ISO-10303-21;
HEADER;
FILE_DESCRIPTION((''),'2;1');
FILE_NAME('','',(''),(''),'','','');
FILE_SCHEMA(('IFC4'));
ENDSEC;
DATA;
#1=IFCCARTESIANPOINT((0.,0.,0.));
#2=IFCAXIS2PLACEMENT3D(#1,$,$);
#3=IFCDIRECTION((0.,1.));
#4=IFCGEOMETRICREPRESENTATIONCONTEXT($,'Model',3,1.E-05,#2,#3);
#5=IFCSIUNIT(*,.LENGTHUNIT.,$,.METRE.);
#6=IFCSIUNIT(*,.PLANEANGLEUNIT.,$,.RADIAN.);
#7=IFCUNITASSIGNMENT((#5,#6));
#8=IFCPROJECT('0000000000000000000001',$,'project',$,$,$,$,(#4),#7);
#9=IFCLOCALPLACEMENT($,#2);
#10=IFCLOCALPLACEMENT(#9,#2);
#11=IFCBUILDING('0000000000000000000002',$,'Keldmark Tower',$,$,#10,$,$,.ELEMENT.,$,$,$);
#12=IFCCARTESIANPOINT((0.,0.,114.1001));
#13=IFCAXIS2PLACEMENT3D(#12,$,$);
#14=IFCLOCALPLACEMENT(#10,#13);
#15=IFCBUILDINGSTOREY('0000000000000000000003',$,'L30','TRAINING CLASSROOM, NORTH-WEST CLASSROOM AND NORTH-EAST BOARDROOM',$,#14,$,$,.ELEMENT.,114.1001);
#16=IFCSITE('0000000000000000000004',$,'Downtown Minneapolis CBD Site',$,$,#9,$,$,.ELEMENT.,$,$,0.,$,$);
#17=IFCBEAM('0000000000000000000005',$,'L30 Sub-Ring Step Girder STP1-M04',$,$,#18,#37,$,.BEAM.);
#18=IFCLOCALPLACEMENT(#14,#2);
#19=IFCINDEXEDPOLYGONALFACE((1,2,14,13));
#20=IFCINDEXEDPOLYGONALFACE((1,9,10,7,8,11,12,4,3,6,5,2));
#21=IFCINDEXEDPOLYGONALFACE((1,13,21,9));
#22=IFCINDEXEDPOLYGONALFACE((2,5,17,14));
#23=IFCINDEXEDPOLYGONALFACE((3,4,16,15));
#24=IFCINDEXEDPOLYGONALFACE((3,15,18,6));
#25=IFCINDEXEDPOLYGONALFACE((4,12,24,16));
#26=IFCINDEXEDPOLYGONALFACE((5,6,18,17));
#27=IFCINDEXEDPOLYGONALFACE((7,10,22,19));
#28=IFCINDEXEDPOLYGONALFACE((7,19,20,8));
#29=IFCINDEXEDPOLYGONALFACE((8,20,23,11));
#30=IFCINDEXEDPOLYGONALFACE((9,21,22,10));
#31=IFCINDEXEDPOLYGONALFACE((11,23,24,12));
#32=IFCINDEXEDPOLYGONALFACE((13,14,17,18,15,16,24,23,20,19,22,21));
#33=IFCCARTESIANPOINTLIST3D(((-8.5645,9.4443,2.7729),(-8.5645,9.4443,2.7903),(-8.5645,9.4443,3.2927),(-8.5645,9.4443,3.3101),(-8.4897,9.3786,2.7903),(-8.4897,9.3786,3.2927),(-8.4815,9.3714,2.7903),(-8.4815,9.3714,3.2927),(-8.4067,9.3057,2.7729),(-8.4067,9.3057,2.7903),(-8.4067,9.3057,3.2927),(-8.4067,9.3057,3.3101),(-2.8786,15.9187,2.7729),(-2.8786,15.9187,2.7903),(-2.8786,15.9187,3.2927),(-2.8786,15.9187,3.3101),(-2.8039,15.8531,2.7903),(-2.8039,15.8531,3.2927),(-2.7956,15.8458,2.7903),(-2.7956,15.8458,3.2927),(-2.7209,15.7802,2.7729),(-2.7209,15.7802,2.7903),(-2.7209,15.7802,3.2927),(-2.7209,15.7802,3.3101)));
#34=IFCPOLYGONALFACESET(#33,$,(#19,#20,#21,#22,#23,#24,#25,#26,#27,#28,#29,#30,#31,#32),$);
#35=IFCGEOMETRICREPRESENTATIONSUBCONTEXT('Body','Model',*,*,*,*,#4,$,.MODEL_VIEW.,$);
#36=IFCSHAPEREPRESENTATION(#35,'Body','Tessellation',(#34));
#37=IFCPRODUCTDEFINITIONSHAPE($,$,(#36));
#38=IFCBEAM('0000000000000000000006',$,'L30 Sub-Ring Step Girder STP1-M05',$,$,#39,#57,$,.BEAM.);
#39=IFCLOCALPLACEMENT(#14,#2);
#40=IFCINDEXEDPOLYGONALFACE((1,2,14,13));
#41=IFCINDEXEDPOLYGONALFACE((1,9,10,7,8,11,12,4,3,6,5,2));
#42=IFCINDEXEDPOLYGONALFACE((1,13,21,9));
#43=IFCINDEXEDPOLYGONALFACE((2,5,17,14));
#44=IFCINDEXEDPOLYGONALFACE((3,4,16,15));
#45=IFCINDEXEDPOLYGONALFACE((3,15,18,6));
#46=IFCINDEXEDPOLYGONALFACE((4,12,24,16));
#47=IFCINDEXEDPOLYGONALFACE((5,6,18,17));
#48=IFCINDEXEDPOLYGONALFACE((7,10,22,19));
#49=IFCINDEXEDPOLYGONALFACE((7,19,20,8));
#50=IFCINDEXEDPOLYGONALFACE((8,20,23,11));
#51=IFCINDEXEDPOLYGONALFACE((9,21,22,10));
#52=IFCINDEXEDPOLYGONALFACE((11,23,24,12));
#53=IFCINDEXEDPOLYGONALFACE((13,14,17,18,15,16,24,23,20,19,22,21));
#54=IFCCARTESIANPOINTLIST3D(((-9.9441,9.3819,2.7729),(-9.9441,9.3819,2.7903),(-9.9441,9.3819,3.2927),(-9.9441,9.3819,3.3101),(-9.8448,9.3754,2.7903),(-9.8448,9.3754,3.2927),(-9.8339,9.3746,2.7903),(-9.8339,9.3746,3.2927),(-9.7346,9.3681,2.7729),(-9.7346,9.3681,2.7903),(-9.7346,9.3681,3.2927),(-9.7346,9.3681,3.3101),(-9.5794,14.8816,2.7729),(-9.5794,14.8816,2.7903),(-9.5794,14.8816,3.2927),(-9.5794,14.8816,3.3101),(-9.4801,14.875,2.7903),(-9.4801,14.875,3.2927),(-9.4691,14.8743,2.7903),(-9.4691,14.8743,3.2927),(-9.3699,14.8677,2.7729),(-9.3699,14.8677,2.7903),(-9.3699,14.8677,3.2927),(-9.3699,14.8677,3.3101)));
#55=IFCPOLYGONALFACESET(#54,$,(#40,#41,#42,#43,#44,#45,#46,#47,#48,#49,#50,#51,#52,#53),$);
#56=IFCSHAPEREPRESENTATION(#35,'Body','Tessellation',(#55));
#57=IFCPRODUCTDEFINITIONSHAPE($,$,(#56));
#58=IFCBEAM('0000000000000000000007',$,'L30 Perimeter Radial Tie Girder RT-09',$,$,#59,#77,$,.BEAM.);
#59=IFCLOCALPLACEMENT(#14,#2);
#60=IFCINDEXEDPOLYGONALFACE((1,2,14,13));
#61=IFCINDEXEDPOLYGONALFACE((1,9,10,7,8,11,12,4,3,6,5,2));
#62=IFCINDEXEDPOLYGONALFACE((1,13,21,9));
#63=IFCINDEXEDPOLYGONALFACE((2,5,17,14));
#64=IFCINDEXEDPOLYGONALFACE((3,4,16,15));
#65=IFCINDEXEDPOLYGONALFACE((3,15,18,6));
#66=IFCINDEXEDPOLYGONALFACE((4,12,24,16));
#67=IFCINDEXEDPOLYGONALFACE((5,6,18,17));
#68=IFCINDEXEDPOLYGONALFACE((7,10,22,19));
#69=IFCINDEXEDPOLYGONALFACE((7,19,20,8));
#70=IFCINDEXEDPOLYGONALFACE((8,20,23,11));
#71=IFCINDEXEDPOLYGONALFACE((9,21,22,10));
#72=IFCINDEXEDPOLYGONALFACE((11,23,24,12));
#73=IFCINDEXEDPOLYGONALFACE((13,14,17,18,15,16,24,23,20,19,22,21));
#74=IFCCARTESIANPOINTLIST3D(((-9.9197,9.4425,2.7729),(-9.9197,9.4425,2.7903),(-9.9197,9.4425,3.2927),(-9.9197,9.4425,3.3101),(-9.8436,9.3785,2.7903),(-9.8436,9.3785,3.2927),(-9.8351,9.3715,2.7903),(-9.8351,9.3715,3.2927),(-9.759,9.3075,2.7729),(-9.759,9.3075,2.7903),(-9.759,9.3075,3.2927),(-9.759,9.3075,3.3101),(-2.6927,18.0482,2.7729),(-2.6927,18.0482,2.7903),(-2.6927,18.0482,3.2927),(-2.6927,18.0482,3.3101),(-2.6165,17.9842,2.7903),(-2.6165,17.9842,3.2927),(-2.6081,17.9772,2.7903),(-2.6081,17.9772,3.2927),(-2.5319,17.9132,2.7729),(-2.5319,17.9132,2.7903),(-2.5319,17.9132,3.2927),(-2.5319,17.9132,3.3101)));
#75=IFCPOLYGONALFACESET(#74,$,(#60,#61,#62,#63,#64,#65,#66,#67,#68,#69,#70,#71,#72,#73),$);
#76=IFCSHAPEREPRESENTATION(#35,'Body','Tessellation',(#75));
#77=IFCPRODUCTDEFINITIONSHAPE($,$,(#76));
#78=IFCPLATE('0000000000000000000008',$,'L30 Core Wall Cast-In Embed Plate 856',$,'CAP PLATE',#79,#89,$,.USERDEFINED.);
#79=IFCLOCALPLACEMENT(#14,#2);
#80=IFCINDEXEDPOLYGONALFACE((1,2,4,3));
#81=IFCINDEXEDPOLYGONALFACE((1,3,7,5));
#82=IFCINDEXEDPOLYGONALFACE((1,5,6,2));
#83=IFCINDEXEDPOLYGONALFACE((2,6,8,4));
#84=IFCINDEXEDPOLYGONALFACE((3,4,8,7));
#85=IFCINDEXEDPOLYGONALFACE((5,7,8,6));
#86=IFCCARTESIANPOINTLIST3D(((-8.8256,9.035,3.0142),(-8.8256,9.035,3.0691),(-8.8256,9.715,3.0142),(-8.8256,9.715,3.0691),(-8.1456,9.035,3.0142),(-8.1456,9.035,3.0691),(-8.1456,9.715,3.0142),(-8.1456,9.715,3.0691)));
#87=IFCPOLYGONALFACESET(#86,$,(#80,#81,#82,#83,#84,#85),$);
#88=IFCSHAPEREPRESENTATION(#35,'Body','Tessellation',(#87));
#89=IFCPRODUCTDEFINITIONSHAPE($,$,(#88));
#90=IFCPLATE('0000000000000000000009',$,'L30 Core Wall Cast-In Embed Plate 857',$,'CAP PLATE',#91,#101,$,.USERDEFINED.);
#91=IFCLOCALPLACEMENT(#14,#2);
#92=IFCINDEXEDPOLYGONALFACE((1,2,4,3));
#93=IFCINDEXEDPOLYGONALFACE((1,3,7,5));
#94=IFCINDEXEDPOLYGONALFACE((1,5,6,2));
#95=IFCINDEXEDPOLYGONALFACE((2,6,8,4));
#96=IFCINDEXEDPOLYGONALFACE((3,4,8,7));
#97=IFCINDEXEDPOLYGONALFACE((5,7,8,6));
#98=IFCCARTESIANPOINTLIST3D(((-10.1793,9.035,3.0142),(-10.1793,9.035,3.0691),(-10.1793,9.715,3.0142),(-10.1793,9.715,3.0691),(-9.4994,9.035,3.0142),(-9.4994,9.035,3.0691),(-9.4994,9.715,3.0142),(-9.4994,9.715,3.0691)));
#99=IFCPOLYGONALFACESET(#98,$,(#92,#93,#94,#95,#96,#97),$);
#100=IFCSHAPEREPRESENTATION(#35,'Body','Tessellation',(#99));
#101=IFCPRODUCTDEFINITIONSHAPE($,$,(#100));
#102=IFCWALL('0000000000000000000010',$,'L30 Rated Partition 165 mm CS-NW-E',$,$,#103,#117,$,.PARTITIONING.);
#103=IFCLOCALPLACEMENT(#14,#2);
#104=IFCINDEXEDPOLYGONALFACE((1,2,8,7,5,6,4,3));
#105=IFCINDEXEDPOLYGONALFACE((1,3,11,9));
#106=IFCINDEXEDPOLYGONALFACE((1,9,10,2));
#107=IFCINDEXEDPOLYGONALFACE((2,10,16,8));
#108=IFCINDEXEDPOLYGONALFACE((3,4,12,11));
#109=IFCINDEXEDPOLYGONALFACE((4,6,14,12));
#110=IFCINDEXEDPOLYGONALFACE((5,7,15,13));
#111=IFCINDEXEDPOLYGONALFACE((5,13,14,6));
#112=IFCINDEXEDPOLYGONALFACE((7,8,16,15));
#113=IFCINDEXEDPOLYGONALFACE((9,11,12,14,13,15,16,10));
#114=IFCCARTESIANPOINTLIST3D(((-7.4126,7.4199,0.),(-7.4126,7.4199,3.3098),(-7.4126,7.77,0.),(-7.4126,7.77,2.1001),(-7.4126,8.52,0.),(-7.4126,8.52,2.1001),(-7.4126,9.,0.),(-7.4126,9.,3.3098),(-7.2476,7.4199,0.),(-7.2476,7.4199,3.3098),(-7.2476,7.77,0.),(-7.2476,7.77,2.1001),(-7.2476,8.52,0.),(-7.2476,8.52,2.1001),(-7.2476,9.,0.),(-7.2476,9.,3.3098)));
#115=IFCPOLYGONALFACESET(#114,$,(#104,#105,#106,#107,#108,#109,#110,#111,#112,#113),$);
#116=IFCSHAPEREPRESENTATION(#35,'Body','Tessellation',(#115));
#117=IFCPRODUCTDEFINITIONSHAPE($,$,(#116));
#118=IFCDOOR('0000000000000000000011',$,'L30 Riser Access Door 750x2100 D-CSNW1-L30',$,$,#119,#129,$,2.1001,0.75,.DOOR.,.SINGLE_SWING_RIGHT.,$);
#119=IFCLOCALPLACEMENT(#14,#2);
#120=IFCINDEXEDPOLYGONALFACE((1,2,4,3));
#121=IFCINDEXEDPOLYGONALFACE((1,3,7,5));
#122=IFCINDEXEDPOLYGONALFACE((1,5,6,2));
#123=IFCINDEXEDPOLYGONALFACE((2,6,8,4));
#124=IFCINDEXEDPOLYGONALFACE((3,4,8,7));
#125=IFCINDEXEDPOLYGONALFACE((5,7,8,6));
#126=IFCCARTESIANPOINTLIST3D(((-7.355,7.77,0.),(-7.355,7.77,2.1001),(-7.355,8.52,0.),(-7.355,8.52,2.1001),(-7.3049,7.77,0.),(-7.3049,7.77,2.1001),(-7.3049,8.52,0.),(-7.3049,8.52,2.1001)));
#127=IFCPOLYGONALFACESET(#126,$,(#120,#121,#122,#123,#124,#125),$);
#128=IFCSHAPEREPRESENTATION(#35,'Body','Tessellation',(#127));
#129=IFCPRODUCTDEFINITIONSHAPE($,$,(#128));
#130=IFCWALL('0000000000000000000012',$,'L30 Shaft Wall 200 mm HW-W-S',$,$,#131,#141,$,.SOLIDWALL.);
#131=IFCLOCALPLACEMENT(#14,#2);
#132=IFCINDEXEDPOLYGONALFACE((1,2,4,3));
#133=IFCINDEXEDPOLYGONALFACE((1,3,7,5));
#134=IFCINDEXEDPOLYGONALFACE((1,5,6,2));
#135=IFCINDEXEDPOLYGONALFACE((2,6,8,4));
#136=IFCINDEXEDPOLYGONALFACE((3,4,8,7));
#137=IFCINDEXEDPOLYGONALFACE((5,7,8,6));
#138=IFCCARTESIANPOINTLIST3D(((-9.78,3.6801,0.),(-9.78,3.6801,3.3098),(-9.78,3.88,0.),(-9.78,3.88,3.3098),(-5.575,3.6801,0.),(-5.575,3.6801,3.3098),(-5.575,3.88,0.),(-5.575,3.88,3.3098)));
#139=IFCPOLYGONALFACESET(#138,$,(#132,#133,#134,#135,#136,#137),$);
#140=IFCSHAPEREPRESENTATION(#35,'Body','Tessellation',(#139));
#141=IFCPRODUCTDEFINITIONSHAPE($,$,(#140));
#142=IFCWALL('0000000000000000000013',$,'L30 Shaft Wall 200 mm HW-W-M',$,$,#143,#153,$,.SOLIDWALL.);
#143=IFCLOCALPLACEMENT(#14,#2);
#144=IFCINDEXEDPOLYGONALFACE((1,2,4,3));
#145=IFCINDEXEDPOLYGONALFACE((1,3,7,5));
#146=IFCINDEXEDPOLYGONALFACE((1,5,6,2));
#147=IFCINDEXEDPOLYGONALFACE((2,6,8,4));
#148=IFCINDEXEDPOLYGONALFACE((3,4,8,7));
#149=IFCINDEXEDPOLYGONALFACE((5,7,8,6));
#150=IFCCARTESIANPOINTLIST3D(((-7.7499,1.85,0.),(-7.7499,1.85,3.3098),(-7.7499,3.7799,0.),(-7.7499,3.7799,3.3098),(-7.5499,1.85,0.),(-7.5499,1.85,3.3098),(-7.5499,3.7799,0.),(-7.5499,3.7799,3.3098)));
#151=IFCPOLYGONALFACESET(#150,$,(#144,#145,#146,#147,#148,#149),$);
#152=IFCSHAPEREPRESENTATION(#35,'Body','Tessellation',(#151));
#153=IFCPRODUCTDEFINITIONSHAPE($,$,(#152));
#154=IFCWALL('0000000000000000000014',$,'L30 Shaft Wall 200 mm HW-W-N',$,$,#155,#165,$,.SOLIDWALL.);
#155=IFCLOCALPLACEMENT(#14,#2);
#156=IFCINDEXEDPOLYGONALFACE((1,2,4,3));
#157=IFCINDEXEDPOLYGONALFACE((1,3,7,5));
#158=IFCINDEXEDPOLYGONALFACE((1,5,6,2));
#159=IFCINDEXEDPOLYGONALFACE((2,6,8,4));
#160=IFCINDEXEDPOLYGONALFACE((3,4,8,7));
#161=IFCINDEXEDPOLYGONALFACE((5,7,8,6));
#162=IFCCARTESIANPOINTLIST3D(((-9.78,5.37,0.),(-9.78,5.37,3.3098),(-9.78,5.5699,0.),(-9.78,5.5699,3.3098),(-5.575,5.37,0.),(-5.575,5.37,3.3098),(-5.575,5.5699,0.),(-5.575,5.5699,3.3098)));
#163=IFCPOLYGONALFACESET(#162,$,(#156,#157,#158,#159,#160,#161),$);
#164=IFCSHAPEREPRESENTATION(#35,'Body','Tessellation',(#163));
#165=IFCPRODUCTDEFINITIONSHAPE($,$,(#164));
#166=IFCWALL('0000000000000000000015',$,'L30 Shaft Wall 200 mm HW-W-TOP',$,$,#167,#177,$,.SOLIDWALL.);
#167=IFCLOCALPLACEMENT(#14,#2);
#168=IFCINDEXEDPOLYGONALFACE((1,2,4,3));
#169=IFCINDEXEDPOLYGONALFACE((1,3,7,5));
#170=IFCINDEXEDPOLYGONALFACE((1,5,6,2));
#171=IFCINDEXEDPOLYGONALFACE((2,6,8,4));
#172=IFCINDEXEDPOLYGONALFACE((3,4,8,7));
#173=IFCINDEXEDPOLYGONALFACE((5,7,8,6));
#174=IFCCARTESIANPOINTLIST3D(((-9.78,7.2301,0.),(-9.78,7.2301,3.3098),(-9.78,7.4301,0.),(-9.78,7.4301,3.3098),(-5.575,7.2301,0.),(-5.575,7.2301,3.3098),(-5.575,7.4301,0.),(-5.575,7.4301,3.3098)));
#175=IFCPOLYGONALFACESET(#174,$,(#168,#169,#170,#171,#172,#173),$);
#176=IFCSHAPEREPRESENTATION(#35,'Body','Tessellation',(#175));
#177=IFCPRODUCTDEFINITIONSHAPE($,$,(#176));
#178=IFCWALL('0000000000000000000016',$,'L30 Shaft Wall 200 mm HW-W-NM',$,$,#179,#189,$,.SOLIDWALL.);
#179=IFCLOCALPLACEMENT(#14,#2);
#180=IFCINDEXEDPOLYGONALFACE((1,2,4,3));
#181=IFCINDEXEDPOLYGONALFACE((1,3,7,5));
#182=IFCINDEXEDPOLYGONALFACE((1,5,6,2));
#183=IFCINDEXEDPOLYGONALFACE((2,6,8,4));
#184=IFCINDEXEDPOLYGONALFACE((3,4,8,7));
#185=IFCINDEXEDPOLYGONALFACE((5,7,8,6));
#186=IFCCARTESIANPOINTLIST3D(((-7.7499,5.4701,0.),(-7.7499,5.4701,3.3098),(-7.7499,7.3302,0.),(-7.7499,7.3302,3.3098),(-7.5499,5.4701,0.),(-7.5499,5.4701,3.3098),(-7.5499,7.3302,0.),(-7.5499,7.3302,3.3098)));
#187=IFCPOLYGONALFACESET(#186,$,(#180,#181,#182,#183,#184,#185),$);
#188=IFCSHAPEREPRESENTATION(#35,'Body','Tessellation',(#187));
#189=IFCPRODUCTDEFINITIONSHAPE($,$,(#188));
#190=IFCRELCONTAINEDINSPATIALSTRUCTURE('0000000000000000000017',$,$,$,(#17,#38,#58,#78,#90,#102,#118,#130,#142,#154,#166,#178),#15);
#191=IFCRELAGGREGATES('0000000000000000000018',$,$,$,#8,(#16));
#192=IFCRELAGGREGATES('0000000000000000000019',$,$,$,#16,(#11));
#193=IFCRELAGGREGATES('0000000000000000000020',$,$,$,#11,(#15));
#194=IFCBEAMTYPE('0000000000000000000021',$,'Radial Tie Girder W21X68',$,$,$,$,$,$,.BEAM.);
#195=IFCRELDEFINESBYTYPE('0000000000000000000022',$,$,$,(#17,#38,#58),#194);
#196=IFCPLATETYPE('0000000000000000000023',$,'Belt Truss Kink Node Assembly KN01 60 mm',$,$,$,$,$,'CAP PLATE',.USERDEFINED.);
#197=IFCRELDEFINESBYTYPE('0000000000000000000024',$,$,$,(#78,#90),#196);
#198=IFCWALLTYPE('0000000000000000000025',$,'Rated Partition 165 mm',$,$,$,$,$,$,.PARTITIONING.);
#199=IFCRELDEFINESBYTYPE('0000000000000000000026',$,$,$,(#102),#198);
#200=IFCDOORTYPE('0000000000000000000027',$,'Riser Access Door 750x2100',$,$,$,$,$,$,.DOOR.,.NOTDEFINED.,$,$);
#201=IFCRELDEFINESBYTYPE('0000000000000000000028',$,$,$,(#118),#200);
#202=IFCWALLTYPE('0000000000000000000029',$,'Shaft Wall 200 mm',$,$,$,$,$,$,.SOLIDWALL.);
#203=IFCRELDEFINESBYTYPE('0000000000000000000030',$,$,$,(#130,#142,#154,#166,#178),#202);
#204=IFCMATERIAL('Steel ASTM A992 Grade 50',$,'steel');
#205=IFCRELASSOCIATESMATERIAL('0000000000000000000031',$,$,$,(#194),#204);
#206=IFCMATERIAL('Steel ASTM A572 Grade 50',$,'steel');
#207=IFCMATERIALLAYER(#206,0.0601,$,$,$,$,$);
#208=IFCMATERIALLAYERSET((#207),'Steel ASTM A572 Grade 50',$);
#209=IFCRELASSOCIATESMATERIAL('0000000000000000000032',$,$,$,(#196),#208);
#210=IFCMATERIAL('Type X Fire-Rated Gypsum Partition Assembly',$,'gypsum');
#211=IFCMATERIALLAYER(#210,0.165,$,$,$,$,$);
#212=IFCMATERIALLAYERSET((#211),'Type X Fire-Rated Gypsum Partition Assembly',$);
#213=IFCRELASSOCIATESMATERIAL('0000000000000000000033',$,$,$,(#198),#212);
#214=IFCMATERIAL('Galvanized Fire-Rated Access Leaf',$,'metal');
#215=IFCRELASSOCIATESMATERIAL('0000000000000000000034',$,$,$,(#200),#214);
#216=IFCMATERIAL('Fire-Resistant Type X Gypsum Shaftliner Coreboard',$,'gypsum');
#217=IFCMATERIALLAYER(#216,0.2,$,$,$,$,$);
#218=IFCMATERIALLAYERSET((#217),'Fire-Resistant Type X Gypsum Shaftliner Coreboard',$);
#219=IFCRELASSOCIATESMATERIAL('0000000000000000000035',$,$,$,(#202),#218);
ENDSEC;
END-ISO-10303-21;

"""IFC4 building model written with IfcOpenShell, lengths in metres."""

from ifc_helpers import new_model, si_unit, direction, frame, frame_2d, origin, origin_2d, place, context, subcontext, project, spatial, rectangle, i_section, extrude, material, layer, layer_set, material_profile, profile_set, type_object, element, fill, save


model = new_model("IFC4")

# Units and contexts
model_context = context("Model", 3, precision=1e-05, world=origin(), true_north=direction((0.0, 1.0)))
body_context = subcontext(model_context, "Body", "Model", "MODEL_VIEW")
ifc_project = project(units=[si_unit("LENGTHUNIT", "METRE"), si_unit("PLANEANGLEUNIT", "RADIAN")], contexts=[model_context])

# Site, building, storey
site_placement = place(None, origin())
site = spatial("IfcSite", under=ifc_project, at=site_placement, Name="Downtown Minneapolis CBD Site", CompositionType="ELEMENT", RefElevation=0.0)
building_placement = place(site_placement, origin())
building = spatial("IfcBuilding", under=site, at=building_placement, Name="Keldmark Tower", CompositionType="ELEMENT")
storey_placement = place(building_placement, frame((0.0, 0.0, 114.1001)))
storey = spatial("IfcBuildingStorey", under=building, at=storey_placement, Name="L30", Description="TRAINING CLASSROOM, NORTH-WEST CLASSROOM AND NORTH-EAST BOARDROOM", CompositionType="ELEMENT", Elevation=114.1001)

# Beams
ifc_material_1 = material(Name="Steel ASTM A992 Grade 50", Category="steel")
ifc_material_profile = material_profile(ifc_material_1, i_section(OverallWidth=0.21, OverallDepth=0.5371, WebThickness=0.011, FlangeThickness=0.0173, at=origin_2d()), Name="W21X68")
ifc_profile_set = profile_set([ifc_material_profile], Name="Steel ASTM A992 Grade 50")
beam_type = type_object("IfcBeamType", Name="Radial Tie Girder W21X68", PredefinedType="BEAM", material=ifc_profile_set)
beam_1_placement = place(storey_placement, frame((-8.4856, 9.375, 3.0415), z_axis=(0.659866, 0.751384, 0.0), x_axis=(-0.751384, 0.659866, 0.0)))
element("IfcBeam", 1, at=beam_1_placement, inside=storey, type_object=beam_type, Name="L30 Sub-Ring Step Girder STP1-M04", PredefinedType="BEAM", context=body_context, shape_type="SweptSolid", body=[
    extrude(i_section(OverallWidth=0.21, OverallDepth=0.5371, WebThickness=0.011, FlangeThickness=0.0173, at=origin_2d()), origin(), (0.0, 0.0, 1.0), 8.6167),
])
beam_2_placement = place(storey_placement, frame((-9.8394, 9.375, 3.0415), z_axis=(0.066175, 0.997808, 0.0), x_axis=(-0.997808, 0.066175, 0.0)))
element("IfcBeam", 2, at=beam_2_placement, inside=storey, type_object=beam_type, Name="L30 Sub-Ring Step Girder STP1-M05", PredefinedType="BEAM", context=body_context, shape_type="SweptSolid", body=[
    extrude(i_section(OverallWidth=0.21, OverallDepth=0.5371, WebThickness=0.011, FlangeThickness=0.0173, at=origin_2d()), origin(), (0.0, 0.0, 1.0), 5.5117),
])
beam_3_placement = place(storey_placement, frame((-9.8394, 9.375, 3.0415), z_axis=(0.643101, 0.765781, 0.0), x_axis=(-0.765781, 0.643101, 0.0)))
element("IfcBeam", 3, at=beam_3_placement, inside=storey, type_object=beam_type, Name="L30 Perimeter Radial Tie Girder RT-09", PredefinedType="BEAM", context=body_context, shape_type="SweptSolid", body=[
    extrude(i_section(OverallWidth=0.21, OverallDepth=0.5371, WebThickness=0.011, FlangeThickness=0.0173, at=origin_2d()), origin(), (0.0, 0.0, 1.0), 11.2378),
])

# Plates
ifc_material_2 = material(Name="Steel ASTM A572 Grade 50", Category="steel")
ifc_layer_1 = layer(ifc_material_2, 0.0601)
ifc_layer_set_1 = layer_set([ifc_layer_1], Name="Steel ASTM A572 Grade 50")
plate_type = type_object("IfcPlateType", Name="Belt Truss Kink Node Assembly KN01 60 mm", ElementType="CAP PLATE", PredefinedType="USERDEFINED", material=ifc_layer_set_1)
for number, where, z_axis, x_axis, name in (
    (4, (-8.4856, 9.375, 3.0142), (0.0, 0.0, 1.0), (1.0, 0.0, 0.0), "L30 Core Wall Cast-In Embed Plate 856"),
    (5, (-9.8394, 9.375, 3.0142), (0.0, 0.0, 1.0), (1.0, 0.0, 0.0), "L30 Core Wall Cast-In Embed Plate 857"),
):
    element("IfcPlate", number, at=place(storey_placement, frame(where, z_axis=z_axis, x_axis=x_axis)), inside=storey, type_object=plate_type, Name=name, ObjectType="CAP PLATE", PredefinedType="USERDEFINED", context=body_context, shape_type="SweptSolid", body=[
        extrude(rectangle(XDim=0.6799, YDim=0.6799, at=origin_2d()), origin(), (0.0, 0.0, 1.0), 0.0549),
    ])

# Wall, opening, door
ifc_material_3 = material(Name="Type X Fire-Rated Gypsum Partition Assembly", Category="gypsum")
ifc_layer_2 = layer(ifc_material_3, 0.165)
ifc_layer_set_2 = layer_set([ifc_layer_2], Name="Type X Fire-Rated Gypsum Partition Assembly")
wall_type_1 = type_object("IfcWallType", Name="Rated Partition 165 mm", PredefinedType="PARTITIONING", material=ifc_layer_set_2)
wall_1_placement = place(storey_placement, frame((-7.3301, 7.4199, 0.0), z_axis=(0.0, 0.0, 1.0), x_axis=(0.0, 1.0, 0.0)))
wall_1 = element("IfcWall", 6, at=wall_1_placement, inside=storey, type_object=wall_type_1, Name="L30 Rated Partition 165 mm CS-NW-E", PredefinedType="PARTITIONING", context=body_context, shape_type="SweptSolid", body=[
    extrude(rectangle(XDim=1.5801, YDim=0.165, at=frame_2d((0.79, 0.0))), origin(), (0.0, 0.0, 1.0), 3.3098),
])
opening_1_placement = place(wall_1_placement, frame((0.3501, 0.0, 0.0)))
opening_1 = element("IfcOpeningElement", 7, at=opening_1_placement, cuts=wall_1, PredefinedType="OPENING", context=body_context, shape_type="SweptSolid", body=[
    extrude(rectangle(XDim=0.75, YDim=2.1001, at=frame_2d((0.375, 1.05))), frame((0.0, 0.0925, 0.0), z_axis=(0.0, -1.0, 0.0), x_axis=(1.0, 0.0, 0.0)), (0.0, 0.0, 1.0), 0.1851),
])
ifc_material_4 = material(Name="Galvanized Fire-Rated Access Leaf", Category="metal")
door_type = type_object("IfcDoorType", Name="Riser Access Door 750x2100", OperationType="NOTDEFINED", PredefinedType="DOOR", material=ifc_material_4)
door_1_placement = place(opening_1_placement, origin())
door_1 = element("IfcDoor", 8, at=door_1_placement, inside=storey, type_object=door_type, Name="L30 Riser Access Door 750x2100 D-CSNW1-L30", OperationType="SINGLE_SWING_RIGHT", OverallHeight=2.1001, OverallWidth=0.75, PredefinedType="DOOR", context=body_context, shape_type="SweptSolid", body=[
    extrude(rectangle(XDim=0.75, YDim=2.1001, at=frame_2d((0.375, 1.05))), frame((0.0, 0.0249, 0.0), z_axis=(0.0, -1.0, 0.0), x_axis=(1.0, 0.0, 0.0)), (0.0, 0.0, 1.0), 0.05),
])
fill(opening_1, door_1)

# Walls
ifc_material_5 = material(Name="Fire-Resistant Type X Gypsum Shaftliner Coreboard", Category="gypsum")
ifc_layer_3 = layer(ifc_material_5, 0.2)
ifc_layer_set_3 = layer_set([ifc_layer_3], Name="Fire-Resistant Type X Gypsum Shaftliner Coreboard")
wall_type_2 = type_object("IfcWallType", Name="Shaft Wall 200 mm", PredefinedType="SOLIDWALL", material=ifc_layer_set_3)
wall_2_placement = place(storey_placement, frame((-9.78, 3.78, 0.0), z_axis=(0.0, 0.0, 1.0), x_axis=(1.0, 0.0, 0.0)))
element("IfcWall", 9, at=wall_2_placement, inside=storey, type_object=wall_type_2, Name="L30 Shaft Wall 200 mm HW-W-S", PredefinedType="SOLIDWALL", context=body_context, shape_type="SweptSolid", body=[
    extrude(rectangle(XDim=4.2051, YDim=0.2, at=frame_2d((2.1025, 0.0))), origin(), (0.0, 0.0, 1.0), 3.3098),
])
wall_3_placement = place(storey_placement, frame((-7.6499, 1.8501, 0.0), z_axis=(0.0, 0.0, 1.0), x_axis=(0.0, 1.0, 0.0)))
element("IfcWall", 10, at=wall_3_placement, inside=storey, type_object=wall_type_2, Name="L30 Shaft Wall 200 mm HW-W-M", PredefinedType="SOLIDWALL", context=body_context, shape_type="SweptSolid", body=[
    extrude(rectangle(XDim=1.9299, YDim=0.2, at=frame_2d((0.9648, 0.0))), origin(), (0.0, 0.0, 1.0), 3.3098),
])
for number, where, z_axis, x_axis, name in (
    (11, (-9.78, 5.47, 0.0), (0.0, 0.0, 1.0), (1.0, 0.0, 0.0), "L30 Shaft Wall 200 mm HW-W-N"),
    (12, (-9.78, 7.3301, 0.0), (0.0, 0.0, 1.0), (1.0, 0.0, 0.0), "L30 Shaft Wall 200 mm HW-W-TOP"),
):
    element("IfcWall", number, at=place(storey_placement, frame(where, z_axis=z_axis, x_axis=x_axis)), inside=storey, type_object=wall_type_2, Name=name, PredefinedType="SOLIDWALL", context=body_context, shape_type="SweptSolid", body=[
        extrude(rectangle(XDim=4.2051, YDim=0.2, at=frame_2d((2.1025, 0.0))), origin(), (0.0, 0.0, 1.0), 3.3098),
    ])
wall_4_placement = place(storey_placement, frame((-7.6499, 5.47, 0.0), z_axis=(0.0, 0.0, 1.0), x_axis=(0.0, 1.0, 0.0)))
element("IfcWall", 13, at=wall_4_placement, inside=storey, type_object=wall_type_2, Name="L30 Shaft Wall 200 mm HW-W-NM", PredefinedType="SOLIDWALL", context=body_context, shape_type="SweptSolid", body=[
    extrude(rectangle(XDim=1.8601, YDim=0.2, at=frame_2d((0.9302, 0.0))), origin(), (0.0, 0.0, 1.0), 3.3098),
])

save(model, "model.ifc")
